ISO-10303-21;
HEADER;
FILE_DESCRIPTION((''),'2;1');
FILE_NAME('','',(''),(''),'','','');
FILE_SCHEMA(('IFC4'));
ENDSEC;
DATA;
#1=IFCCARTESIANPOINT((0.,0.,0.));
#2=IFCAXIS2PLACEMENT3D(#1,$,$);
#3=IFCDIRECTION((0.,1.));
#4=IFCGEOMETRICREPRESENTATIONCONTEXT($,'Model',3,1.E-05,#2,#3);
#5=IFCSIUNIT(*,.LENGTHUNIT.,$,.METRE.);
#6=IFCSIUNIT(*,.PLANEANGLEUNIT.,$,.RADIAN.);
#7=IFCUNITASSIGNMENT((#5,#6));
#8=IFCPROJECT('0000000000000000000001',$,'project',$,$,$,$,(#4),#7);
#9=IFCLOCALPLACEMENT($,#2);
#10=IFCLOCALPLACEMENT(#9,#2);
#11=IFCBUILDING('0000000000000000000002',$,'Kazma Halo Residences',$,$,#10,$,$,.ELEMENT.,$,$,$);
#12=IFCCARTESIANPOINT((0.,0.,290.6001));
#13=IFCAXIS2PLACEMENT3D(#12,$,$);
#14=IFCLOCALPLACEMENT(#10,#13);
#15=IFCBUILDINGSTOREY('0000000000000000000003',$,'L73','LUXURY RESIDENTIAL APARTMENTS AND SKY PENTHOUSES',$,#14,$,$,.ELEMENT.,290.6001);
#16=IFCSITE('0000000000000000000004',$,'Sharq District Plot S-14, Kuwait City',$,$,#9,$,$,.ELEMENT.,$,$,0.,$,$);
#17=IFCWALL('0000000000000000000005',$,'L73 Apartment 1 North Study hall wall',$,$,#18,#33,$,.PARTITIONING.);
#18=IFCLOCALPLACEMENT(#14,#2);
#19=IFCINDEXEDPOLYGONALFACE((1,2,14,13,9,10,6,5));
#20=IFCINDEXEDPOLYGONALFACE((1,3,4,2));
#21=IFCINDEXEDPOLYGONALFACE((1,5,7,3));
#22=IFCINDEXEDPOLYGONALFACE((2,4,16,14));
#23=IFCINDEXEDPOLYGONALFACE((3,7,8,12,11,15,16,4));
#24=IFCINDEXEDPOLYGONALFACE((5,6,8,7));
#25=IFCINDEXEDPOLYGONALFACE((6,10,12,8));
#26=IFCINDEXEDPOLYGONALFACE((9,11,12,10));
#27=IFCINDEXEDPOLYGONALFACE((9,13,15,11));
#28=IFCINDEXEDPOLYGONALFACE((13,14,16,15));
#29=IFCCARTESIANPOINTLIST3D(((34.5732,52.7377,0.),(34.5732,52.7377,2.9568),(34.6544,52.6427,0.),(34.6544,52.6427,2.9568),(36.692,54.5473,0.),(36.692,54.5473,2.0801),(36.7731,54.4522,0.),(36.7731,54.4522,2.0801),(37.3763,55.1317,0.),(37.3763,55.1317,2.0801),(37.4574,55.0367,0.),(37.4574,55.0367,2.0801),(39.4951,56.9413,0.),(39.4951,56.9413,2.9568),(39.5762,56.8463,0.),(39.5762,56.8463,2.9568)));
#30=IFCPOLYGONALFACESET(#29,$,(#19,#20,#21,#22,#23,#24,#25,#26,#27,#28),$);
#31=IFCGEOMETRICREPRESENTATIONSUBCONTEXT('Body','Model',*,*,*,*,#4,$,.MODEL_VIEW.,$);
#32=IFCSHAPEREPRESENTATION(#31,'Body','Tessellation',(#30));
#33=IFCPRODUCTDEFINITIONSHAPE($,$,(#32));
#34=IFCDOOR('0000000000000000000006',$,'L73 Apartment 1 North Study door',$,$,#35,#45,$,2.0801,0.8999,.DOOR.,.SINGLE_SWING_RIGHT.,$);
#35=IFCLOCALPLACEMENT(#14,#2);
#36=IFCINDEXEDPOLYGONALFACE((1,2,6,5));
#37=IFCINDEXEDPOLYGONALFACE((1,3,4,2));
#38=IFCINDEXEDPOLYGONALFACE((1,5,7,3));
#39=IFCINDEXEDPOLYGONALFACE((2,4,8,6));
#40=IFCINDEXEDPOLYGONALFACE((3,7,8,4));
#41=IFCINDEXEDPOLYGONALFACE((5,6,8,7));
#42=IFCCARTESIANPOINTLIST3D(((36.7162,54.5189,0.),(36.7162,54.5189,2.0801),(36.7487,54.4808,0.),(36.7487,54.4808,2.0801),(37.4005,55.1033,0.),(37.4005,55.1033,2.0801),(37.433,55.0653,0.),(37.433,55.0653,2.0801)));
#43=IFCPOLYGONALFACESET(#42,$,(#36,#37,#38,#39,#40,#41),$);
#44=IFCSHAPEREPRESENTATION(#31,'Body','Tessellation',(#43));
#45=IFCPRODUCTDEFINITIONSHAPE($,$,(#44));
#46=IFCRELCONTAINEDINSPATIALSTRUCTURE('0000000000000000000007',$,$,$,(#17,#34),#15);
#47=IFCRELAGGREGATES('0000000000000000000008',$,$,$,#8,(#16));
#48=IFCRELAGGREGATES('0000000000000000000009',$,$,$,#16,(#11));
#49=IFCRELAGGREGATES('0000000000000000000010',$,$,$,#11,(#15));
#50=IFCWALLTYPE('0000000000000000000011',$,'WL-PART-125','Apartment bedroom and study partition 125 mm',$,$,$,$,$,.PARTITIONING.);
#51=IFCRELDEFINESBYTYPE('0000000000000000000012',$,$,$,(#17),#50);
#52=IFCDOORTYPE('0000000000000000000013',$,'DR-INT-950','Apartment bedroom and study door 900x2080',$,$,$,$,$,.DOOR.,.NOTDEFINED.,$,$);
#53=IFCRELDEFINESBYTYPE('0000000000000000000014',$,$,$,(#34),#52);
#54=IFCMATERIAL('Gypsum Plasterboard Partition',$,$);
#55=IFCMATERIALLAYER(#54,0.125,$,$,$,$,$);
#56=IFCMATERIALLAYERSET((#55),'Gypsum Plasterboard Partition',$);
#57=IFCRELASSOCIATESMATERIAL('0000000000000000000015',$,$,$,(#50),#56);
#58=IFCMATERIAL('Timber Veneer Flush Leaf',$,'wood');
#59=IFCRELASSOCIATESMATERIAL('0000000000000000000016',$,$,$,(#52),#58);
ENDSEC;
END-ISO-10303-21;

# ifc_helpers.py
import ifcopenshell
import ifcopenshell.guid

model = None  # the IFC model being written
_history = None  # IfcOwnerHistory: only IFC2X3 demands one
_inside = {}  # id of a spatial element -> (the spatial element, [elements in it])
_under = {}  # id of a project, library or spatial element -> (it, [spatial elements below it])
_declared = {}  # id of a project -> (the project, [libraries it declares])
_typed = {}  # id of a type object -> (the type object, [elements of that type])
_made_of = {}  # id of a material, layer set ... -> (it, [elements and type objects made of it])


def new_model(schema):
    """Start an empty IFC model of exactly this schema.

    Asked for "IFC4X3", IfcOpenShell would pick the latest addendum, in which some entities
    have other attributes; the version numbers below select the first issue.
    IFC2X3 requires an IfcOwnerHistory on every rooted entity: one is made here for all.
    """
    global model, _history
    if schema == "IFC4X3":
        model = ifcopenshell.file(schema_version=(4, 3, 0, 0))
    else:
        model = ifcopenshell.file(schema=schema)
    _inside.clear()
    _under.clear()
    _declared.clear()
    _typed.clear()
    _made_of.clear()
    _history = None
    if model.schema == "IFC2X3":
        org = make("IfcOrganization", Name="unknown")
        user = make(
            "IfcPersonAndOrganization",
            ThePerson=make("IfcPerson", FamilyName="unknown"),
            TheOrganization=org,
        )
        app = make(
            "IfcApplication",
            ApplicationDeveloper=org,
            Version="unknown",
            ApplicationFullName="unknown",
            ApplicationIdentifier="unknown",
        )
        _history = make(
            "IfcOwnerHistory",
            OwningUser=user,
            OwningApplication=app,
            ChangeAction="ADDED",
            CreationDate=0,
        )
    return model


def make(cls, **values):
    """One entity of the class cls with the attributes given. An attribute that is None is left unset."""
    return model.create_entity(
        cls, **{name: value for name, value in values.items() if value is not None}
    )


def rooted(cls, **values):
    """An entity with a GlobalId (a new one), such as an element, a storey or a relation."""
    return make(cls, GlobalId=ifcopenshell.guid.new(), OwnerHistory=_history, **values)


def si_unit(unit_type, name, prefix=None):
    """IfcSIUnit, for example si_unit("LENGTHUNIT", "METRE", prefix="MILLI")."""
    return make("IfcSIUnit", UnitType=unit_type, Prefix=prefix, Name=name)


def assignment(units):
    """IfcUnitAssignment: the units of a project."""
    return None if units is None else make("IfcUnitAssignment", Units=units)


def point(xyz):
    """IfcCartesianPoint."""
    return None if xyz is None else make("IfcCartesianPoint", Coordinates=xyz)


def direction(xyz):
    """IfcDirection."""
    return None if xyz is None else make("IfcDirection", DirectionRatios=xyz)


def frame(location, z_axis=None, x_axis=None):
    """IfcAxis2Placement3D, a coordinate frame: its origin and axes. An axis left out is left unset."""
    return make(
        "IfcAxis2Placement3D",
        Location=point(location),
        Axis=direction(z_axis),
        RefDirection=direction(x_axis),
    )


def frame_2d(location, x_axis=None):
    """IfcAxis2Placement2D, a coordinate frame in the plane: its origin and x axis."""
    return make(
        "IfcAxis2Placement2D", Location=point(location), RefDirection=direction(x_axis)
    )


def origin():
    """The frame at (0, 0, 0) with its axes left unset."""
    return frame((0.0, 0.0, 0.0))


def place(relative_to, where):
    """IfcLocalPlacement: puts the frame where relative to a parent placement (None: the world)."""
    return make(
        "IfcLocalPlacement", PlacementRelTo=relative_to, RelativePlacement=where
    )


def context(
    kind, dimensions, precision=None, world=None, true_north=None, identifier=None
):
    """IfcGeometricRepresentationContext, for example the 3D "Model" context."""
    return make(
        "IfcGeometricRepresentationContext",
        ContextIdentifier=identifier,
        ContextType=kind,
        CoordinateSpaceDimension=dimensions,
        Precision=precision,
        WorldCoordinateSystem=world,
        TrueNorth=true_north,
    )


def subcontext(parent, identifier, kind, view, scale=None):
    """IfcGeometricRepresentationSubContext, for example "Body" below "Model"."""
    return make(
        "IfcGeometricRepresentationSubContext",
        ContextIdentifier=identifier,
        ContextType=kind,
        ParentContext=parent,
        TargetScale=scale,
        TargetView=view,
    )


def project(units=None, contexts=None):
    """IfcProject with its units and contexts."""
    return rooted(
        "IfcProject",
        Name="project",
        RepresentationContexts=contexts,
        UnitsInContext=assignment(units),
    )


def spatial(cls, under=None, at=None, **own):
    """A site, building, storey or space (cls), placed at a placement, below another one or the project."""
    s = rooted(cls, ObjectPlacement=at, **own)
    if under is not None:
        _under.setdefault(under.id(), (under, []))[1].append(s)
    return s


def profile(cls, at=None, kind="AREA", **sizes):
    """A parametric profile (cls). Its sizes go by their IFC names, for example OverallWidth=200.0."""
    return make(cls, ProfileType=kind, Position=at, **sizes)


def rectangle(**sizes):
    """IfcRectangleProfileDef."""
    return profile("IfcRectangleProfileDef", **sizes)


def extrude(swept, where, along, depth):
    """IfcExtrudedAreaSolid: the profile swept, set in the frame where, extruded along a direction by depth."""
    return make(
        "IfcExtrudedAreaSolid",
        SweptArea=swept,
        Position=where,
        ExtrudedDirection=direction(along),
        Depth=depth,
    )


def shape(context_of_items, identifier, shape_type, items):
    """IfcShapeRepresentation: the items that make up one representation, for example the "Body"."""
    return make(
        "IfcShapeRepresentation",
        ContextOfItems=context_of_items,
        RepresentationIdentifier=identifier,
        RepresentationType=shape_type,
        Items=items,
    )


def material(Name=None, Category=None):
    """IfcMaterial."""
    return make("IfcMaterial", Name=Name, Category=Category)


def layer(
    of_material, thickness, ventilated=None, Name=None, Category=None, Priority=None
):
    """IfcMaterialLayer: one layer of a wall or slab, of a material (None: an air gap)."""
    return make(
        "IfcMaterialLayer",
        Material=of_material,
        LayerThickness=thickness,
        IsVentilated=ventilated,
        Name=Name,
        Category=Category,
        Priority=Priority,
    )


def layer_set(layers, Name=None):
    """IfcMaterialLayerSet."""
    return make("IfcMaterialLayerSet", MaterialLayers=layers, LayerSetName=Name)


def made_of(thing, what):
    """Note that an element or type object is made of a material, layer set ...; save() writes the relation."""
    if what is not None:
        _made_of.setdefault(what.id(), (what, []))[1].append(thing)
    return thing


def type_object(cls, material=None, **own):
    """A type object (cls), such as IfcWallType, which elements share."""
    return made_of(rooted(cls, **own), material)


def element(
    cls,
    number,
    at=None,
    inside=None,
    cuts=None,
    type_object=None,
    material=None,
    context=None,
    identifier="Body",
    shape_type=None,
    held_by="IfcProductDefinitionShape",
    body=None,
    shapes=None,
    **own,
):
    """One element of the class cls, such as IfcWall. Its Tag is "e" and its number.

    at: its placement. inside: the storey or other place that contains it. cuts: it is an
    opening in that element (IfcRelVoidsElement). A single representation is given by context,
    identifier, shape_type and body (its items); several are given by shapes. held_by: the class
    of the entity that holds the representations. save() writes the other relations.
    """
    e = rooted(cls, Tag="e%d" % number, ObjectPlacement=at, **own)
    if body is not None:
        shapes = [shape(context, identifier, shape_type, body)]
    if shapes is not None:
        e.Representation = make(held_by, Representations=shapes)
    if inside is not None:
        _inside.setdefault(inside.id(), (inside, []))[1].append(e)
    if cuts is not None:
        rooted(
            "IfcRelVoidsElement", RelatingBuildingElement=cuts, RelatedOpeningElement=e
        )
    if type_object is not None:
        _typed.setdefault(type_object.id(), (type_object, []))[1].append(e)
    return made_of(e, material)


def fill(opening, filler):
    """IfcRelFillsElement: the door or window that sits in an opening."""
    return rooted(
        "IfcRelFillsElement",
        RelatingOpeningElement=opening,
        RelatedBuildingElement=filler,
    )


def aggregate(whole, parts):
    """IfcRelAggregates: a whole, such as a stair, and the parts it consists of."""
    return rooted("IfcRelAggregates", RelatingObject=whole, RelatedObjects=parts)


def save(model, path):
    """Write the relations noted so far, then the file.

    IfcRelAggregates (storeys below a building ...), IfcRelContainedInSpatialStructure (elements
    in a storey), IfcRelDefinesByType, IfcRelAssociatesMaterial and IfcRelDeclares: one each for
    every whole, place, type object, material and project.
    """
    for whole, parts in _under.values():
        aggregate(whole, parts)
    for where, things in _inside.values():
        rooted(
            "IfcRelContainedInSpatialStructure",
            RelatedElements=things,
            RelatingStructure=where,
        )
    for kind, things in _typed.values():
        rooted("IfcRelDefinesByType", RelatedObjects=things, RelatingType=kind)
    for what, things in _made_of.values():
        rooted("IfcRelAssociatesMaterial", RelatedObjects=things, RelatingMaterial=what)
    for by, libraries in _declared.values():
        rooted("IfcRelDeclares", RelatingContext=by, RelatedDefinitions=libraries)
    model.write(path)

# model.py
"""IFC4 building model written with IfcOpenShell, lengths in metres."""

from ifc_helpers import new_model, si_unit, direction, frame, frame_2d, origin, place, context, subcontext, project, spatial, rectangle, extrude, material, layer, layer_set, type_object, element, fill, save


model = new_model("IFC4")

# Units and contexts
model_context = context("Model", 3, precision=1e-05, world=origin(), true_north=direction((0.0, 1.0)))
body_context = subcontext(model_context, "Body", "Model", "MODEL_VIEW")
ifc_project = project(units=[si_unit("LENGTHUNIT", "METRE"), si_unit("PLANEANGLEUNIT", "RADIAN")], contexts=[model_context])

# Site, building, storey
site_placement = place(None, origin())
site = spatial("IfcSite", under=ifc_project, at=site_placement, Name="Sharq District Plot S-14, Kuwait City", CompositionType="ELEMENT", RefElevation=0.0)
building_placement = place(site_placement, origin())
building = spatial("IfcBuilding", under=site, at=building_placement, Name="Kazma Halo Residences", CompositionType="ELEMENT")
storey_placement = place(building_placement, frame((0.0, 0.0, 290.6001)))
storey = spatial("IfcBuildingStorey", under=building, at=storey_placement, Name="L73", Description="LUXURY RESIDENTIAL APARTMENTS AND SKY PENTHOUSES", CompositionType="ELEMENT", Elevation=290.6001)

# Shared definitions
ifc_material_1 = material(Name="Gypsum Plasterboard Partition")
ifc_layer_1 = layer(ifc_material_1, 0.125)
ifc_layer_set_1 = layer_set([ifc_layer_1], Name="Gypsum Plasterboard Partition")
wall_type_1 = type_object("IfcWallType", Name="WL-PART-125", Description="Apartment bedroom and study partition 125 mm", PredefinedType="PARTITIONING", material=ifc_layer_set_1)

# Shared definitions
ifc_material_2 = material(Name="Timber Veneer Flush Leaf", Category="wood")
door_type_1 = type_object("IfcDoorType", Name="DR-INT-950", Description="Apartment bedroom and study door 900x2080", OperationType="NOTDEFINED", PredefinedType="DOOR", material=ifc_material_2)

# Wall, opening, door
wall_1_placement = place(storey_placement, frame((39.5356, 56.8938, 0.0), z_axis=(0.0, 0.0, 1.0), x_axis=(-0.760411, -0.649442, 0.0)))
wall_1 = element("IfcWall", 1, at=wall_1_placement, inside=storey, type_object=wall_type_1, Name="L73 Apartment 1 North Study hall wall", PredefinedType="PARTITIONING", context=body_context, shape_type="SweptSolid", body=[
    extrude(rectangle(XDim=6.4727, YDim=0.125, at=frame_2d((3.2363, 0.0))), origin(), (0.0, 0.0, 1.0), 2.9568),
])
opening_1_placement = place(wall_1_placement, frame((2.7864, 0.0, 0.0)))
opening_1 = element("IfcOpeningElement", 2, at=opening_1_placement, cuts=wall_1, PredefinedType="OPENING", context=body_context, shape_type="SweptSolid", body=[
    extrude(rectangle(XDim=0.8999, YDim=2.0801, at=frame_2d((0.45, 1.04))), frame((0.0, 0.0725, 0.0), z_axis=(0.0, -1.0, 0.0), x_axis=(1.0, 0.0, 0.0)), (0.0, 0.0, 1.0), 0.145),
])
door_1_placement = place(opening_1_placement, origin())
door_1 = element("IfcDoor", 3, at=door_1_placement, inside=storey, type_object=door_type_1, Name="L73 Apartment 1 North Study door", OperationType="SINGLE_SWING_RIGHT", OverallHeight=2.0801, OverallWidth=0.8999, PredefinedType="DOOR", context=body_context, shape_type="SweptSolid", body=[
    extrude(rectangle(XDim=0.8999, YDim=2.0801, at=frame_2d((0.45, 1.04))), frame((0.0, 0.0249, 0.0), z_axis=(0.0, -1.0, 0.0), x_axis=(1.0, 0.0, 0.0)), (0.0, 0.0, 1.0), 0.05),
])
fill(opening_1, door_1)

save(model, "model.ifc")
